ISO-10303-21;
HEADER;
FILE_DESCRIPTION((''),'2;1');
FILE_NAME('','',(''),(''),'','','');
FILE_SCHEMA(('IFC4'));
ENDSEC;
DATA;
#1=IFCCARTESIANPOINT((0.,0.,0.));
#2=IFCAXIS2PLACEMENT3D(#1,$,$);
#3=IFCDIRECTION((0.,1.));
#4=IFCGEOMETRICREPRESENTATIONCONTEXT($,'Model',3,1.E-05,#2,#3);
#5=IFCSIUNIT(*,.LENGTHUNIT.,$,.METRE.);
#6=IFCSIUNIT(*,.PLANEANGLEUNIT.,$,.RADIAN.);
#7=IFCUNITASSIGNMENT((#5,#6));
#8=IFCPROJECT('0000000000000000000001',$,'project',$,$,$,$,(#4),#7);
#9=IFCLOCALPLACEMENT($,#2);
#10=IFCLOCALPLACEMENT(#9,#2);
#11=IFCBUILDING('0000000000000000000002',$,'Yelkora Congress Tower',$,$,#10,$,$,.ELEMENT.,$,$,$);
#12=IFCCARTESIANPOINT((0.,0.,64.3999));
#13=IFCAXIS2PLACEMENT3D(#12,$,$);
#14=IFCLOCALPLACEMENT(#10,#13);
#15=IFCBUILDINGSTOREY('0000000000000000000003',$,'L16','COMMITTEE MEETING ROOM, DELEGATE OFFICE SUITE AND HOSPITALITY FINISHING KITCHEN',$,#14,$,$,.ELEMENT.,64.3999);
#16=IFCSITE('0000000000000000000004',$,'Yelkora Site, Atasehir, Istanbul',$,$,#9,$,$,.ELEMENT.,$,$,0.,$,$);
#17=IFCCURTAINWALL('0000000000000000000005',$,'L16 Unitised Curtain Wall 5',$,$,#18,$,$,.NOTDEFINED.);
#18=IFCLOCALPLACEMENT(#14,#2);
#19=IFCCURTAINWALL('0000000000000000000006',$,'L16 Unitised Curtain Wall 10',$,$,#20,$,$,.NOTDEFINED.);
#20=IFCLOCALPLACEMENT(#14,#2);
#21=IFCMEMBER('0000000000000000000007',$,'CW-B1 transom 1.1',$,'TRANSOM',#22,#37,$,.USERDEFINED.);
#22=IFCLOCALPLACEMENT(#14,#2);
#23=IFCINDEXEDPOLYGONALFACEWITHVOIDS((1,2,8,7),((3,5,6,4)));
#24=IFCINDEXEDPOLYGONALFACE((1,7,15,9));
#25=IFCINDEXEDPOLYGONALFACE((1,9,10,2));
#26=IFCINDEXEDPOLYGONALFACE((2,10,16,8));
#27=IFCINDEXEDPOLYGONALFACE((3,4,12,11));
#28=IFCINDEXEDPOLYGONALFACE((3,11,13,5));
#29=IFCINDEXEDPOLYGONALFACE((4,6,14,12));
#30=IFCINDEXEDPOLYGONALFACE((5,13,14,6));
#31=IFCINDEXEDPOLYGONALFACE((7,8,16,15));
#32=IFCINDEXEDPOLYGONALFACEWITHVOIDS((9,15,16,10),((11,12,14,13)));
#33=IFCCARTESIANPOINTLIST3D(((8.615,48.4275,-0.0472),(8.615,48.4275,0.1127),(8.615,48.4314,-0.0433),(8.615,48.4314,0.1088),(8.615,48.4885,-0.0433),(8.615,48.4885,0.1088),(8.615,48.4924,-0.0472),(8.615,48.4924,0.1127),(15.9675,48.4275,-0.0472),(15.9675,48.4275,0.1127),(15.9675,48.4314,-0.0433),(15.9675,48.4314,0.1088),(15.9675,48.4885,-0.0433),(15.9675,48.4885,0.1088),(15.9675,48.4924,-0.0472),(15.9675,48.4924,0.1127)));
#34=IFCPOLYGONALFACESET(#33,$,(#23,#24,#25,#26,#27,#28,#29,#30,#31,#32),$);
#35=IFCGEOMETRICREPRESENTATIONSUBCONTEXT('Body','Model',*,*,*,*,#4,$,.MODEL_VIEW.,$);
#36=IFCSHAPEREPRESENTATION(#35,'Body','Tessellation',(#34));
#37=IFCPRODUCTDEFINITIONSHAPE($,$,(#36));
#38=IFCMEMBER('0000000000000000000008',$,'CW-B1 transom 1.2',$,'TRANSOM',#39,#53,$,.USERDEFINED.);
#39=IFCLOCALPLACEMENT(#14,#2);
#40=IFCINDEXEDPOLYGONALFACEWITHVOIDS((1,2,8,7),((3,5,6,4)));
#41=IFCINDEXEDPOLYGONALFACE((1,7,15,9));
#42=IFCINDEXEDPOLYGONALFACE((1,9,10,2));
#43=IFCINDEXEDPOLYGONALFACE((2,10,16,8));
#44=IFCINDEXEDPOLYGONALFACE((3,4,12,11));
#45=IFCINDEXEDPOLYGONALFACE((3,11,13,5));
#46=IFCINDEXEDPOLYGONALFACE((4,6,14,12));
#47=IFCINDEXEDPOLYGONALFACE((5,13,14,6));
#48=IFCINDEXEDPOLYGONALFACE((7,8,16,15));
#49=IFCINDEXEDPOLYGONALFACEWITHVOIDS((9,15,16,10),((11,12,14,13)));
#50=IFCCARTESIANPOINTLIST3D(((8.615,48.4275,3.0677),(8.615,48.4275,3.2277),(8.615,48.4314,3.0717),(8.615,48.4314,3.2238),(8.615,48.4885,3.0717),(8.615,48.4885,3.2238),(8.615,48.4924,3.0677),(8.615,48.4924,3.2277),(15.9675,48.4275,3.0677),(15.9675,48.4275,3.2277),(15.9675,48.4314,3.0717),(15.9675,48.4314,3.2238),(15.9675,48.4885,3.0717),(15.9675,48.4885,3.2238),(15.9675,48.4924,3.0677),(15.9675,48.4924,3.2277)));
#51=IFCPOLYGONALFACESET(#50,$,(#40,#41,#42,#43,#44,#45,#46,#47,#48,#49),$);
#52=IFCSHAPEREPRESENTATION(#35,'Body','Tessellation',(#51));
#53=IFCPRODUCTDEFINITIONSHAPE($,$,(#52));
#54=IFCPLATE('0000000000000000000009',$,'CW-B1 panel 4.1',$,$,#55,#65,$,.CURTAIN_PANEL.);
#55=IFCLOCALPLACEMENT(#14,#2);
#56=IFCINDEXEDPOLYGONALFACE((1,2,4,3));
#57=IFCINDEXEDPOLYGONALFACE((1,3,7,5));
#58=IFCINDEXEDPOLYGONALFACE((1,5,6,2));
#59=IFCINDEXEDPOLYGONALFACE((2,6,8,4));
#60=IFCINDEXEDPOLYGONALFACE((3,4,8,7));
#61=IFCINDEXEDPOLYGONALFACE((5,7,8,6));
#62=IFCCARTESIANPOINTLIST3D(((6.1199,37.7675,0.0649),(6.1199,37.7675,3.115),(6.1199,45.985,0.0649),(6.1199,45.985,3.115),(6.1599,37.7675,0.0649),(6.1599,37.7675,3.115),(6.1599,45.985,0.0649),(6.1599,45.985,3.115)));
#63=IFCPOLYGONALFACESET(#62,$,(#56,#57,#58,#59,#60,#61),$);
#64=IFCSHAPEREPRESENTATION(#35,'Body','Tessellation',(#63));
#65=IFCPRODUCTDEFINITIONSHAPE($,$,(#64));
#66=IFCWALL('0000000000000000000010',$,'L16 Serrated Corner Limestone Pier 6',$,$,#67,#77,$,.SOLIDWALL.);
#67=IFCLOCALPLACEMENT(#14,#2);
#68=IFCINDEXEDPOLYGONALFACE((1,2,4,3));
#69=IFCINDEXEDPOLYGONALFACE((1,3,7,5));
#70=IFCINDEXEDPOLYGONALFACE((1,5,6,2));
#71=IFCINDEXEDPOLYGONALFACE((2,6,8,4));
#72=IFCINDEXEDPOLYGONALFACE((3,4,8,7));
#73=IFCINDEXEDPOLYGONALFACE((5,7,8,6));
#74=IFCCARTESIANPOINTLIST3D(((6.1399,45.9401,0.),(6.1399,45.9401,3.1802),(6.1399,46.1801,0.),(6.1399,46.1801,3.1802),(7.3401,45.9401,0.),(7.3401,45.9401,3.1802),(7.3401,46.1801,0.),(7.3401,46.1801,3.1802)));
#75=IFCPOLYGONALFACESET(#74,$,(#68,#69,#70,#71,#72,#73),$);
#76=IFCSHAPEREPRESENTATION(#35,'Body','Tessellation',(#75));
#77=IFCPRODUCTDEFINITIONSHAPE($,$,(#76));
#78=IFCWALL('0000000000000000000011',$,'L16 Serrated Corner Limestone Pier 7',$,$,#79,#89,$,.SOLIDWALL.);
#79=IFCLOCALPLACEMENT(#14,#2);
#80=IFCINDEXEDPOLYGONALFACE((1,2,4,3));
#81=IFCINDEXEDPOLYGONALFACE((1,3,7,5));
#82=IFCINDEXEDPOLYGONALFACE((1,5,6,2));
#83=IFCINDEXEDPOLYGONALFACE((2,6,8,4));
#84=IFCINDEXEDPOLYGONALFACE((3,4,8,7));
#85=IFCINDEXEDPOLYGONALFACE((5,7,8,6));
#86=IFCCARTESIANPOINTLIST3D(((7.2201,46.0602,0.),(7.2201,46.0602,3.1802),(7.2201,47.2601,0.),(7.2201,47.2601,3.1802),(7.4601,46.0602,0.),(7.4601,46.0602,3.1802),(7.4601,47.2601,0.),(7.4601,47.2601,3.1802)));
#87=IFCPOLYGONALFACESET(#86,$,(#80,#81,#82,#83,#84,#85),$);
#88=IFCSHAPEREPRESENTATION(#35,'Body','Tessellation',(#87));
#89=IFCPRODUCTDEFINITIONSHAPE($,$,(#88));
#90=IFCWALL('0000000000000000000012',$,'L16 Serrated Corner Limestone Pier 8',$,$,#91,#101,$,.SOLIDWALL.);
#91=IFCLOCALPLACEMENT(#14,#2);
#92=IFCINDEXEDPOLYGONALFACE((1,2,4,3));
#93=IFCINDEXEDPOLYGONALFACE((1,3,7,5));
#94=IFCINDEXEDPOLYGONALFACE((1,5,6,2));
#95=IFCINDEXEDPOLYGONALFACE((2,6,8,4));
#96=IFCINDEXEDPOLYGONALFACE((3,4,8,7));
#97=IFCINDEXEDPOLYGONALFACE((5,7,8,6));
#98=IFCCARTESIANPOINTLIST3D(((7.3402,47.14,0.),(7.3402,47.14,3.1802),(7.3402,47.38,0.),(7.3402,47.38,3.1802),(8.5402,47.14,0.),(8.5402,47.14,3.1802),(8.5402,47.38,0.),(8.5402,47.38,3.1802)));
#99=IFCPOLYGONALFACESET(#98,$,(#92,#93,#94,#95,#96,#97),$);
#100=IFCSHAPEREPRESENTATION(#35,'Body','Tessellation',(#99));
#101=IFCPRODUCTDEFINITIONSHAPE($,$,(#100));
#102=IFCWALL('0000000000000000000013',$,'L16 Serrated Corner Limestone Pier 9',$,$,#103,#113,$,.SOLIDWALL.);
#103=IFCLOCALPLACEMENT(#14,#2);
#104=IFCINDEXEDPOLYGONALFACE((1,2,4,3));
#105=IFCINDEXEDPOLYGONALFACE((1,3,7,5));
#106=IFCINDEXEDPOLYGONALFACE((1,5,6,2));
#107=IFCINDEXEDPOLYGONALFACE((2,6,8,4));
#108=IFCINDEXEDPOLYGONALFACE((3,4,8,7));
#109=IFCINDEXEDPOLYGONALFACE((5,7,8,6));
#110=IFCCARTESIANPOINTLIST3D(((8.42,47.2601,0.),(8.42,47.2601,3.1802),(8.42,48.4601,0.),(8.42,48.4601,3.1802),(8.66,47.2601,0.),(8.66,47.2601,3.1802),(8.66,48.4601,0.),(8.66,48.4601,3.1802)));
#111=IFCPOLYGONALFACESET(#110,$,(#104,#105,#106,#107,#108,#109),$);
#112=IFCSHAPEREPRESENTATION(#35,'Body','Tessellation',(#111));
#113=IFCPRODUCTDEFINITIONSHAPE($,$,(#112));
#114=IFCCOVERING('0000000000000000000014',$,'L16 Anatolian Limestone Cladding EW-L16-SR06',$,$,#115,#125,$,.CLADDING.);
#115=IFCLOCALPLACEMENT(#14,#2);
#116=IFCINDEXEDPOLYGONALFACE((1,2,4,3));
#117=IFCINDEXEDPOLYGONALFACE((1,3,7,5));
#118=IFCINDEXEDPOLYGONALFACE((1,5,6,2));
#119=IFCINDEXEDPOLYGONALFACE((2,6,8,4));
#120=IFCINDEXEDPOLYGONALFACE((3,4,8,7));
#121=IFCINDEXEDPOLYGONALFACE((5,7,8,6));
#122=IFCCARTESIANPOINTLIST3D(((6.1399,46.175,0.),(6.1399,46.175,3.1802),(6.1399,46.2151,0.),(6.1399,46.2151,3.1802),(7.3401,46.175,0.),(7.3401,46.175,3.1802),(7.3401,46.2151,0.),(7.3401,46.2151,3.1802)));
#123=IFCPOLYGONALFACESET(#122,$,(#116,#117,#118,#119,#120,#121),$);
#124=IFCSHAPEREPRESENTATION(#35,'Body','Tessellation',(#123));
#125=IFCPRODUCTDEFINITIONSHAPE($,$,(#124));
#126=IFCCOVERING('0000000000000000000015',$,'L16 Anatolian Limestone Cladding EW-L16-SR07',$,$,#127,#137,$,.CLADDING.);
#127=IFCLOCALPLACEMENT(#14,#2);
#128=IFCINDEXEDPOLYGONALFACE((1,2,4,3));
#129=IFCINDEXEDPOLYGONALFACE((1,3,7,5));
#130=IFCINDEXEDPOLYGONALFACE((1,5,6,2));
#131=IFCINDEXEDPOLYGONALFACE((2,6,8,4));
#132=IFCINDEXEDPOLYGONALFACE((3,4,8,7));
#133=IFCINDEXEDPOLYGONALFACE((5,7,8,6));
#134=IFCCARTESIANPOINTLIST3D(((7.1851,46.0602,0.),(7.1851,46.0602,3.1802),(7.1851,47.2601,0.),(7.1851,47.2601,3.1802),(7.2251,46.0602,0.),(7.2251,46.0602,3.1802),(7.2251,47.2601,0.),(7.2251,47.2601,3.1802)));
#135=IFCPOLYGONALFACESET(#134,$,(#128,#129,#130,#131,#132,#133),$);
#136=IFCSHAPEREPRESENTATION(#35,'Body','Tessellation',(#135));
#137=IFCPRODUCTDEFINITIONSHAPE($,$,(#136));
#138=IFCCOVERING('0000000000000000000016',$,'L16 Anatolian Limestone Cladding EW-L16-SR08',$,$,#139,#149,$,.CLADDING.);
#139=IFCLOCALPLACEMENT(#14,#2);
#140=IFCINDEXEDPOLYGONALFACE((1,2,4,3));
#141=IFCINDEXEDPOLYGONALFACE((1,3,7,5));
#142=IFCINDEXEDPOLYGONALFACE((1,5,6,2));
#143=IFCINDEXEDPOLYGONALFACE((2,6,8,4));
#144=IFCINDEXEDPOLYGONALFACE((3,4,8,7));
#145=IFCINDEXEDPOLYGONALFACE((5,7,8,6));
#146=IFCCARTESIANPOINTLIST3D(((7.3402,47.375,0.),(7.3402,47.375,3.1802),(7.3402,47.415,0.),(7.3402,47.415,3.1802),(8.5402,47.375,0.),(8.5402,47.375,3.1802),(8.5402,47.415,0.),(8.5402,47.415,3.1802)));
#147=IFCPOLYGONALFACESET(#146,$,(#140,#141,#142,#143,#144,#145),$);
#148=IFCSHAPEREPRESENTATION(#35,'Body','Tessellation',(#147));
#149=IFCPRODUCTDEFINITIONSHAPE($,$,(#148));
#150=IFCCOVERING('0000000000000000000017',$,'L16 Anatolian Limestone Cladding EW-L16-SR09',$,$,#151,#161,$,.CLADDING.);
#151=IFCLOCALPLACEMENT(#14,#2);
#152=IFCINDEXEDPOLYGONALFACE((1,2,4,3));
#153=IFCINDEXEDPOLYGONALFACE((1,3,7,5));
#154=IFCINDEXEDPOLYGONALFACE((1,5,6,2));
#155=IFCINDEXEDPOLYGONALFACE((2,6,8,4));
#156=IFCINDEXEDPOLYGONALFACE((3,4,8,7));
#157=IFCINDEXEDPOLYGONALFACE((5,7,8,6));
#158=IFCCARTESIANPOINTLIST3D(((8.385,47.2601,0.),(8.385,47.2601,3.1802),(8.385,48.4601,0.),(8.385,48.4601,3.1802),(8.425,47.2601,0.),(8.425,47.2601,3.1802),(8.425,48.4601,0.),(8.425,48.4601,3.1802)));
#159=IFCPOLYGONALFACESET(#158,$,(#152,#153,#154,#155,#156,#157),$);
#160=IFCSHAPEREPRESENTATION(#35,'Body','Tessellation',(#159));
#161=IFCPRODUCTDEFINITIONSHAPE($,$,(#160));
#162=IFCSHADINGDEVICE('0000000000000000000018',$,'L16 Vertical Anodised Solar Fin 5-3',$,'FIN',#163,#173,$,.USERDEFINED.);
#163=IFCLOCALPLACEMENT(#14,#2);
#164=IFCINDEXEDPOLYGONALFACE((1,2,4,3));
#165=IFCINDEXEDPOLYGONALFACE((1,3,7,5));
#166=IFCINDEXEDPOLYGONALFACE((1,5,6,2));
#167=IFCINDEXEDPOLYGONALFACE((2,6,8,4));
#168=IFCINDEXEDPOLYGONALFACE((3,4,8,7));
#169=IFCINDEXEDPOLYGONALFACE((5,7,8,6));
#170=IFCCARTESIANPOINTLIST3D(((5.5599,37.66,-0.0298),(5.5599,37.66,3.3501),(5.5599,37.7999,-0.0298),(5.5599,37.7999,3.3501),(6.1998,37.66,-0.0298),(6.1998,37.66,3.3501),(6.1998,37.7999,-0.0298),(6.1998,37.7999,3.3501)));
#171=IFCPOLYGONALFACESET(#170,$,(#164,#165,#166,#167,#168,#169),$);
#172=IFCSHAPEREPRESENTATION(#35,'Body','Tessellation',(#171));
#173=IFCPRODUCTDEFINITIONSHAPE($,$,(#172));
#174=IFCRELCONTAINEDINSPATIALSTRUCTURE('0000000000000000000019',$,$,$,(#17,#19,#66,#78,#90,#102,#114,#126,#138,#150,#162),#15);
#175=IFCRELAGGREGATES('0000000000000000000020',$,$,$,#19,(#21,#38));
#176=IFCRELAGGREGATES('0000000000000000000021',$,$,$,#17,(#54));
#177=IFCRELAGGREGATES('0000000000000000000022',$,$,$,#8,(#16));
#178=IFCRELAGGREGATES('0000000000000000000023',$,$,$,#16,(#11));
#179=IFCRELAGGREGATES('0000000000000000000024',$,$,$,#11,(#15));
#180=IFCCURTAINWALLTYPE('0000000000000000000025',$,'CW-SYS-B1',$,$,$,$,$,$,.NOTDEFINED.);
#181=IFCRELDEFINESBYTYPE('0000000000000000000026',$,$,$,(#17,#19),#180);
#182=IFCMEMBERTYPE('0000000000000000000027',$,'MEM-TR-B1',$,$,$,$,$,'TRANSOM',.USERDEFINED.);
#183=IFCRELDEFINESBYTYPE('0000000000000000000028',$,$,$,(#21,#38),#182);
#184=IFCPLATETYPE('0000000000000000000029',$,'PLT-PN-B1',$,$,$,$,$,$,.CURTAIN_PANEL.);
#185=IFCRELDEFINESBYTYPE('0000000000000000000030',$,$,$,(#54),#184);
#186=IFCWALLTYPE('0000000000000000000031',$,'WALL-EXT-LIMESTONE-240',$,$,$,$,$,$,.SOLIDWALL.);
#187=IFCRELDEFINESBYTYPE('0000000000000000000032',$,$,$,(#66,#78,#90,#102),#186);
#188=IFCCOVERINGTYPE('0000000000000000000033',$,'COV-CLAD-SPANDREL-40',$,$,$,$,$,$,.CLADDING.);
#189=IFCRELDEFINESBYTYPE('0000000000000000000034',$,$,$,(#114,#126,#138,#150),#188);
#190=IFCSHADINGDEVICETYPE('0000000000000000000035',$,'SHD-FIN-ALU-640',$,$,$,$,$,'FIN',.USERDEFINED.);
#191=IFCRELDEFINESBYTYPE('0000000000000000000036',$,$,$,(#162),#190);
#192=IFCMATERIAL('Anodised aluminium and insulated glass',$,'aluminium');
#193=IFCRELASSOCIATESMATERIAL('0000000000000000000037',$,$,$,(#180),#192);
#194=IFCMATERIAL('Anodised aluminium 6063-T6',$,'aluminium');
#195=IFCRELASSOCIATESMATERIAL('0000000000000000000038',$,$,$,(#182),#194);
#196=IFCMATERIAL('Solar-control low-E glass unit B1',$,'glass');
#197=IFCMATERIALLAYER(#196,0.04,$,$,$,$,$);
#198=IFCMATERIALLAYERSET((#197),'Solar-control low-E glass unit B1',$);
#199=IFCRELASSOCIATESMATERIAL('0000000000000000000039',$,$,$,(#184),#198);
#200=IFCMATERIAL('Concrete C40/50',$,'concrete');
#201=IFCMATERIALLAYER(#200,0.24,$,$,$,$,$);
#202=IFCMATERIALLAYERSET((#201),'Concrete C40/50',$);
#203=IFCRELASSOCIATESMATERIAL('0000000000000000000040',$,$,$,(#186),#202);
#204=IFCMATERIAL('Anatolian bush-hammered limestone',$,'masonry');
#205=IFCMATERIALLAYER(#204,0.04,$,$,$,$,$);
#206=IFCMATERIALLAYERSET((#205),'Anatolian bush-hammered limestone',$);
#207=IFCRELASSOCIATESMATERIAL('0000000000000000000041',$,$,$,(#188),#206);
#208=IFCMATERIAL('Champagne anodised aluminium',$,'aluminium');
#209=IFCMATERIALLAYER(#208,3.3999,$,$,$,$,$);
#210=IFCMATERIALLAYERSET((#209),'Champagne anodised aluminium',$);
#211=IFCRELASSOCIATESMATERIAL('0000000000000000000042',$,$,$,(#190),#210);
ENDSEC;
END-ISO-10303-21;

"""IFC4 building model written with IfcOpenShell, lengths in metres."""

from ifc_helpers import new_model, si_unit, direction, frame, frame_2d, origin, origin_2d, place, context, subcontext, project, spatial, rectangle, hollow_rectangle, extrude, material, layer, layer_set, material_profile, profile_set, type_object, element, aggregate, save


model = new_model("IFC4")

# Units and contexts
model_context = context("Model", 3, precision=1e-05, world=origin(), true_north=direction((0.0, 1.0)))
body_context = subcontext(model_context, "Body", "Model", "MODEL_VIEW")
ifc_project = project(units=[si_unit("LENGTHUNIT", "METRE"), si_unit("PLANEANGLEUNIT", "RADIAN")], contexts=[model_context])

# Site, building, storey
site_placement = place(None, origin())
site = spatial("IfcSite", under=ifc_project, at=site_placement, Name="Yelkora Site, Atasehir, Istanbul", CompositionType="ELEMENT", RefElevation=0.0)
building_placement = place(site_placement, origin())
building = spatial("IfcBuilding", under=site, at=building_placement, Name="Yelkora Congress Tower", CompositionType="ELEMENT")
storey_placement = place(building_placement, frame((0.0, 0.0, 64.3999)))
storey = spatial("IfcBuildingStorey", under=building, at=storey_placement, Name="L16", Description="COMMITTEE MEETING ROOM, DELEGATE OFFICE SUITE AND HOSPITALITY FINISHING KITCHEN", CompositionType="ELEMENT", Elevation=64.3999)

# Curtain wall
ifc_material_1 = material(Name="Anodised aluminium and insulated glass", Category="aluminium")
curtain_wall_type = type_object("IfcCurtainWallType", Name="CW-SYS-B1", PredefinedType="NOTDEFINED", material=ifc_material_1)
curtain_wall_1_placement = place(storey_placement, origin())
curtain_wall_1 = element("IfcCurtainWall", 1, at=curtain_wall_1_placement, inside=storey, type_object=curtain_wall_type, Name="L16 Unitised Curtain Wall 5", PredefinedType="NOTDEFINED")
ifc_material_2 = material(Name="Anodised aluminium 6063-T6", Category="aluminium")

# Curtain wall
curtain_wall_2_placement = place(storey_placement, origin())
curtain_wall_2 = element("IfcCurtainWall", 2, at=curtain_wall_2_placement, inside=storey, type_object=curtain_wall_type, Name="L16 Unitised Curtain Wall 10", PredefinedType="NOTDEFINED")

# Members
ifc_material_profile_1 = material_profile(ifc_material_2, hollow_rectangle(XDim=0.0649, YDim=0.1599, WallThickness=0.0039, at=origin_2d()), Name="ALU 65x160x4")
ifc_profile_set_1 = profile_set([ifc_material_profile_1], Name="Anodised aluminium 6063-T6")
member_type_1 = type_object("IfcMemberType", Name="MEM-TR-B1", ElementType="TRANSOM", PredefinedType="USERDEFINED", material=ifc_profile_set_1)
member_1_placement = place(storey_placement, frame((8.615, 48.46, 0.0327), z_axis=(1.0, 0.0, 0.0), x_axis=(0.0, 1.0, 0.0)))
member_1 = element("IfcMember", 3, at=member_1_placement, type_object=member_type_1, Name="CW-B1 transom 1.1", ObjectType="TRANSOM", PredefinedType="USERDEFINED", context=body_context, shape_type="SweptSolid", body=[
    extrude(hollow_rectangle(XDim=0.0649, YDim=0.1599, WallThickness=0.0039, at=origin_2d()), origin(), (0.0, 0.0, 1.0), 7.3525),
])
member_2_placement = place(storey_placement, frame((8.615, 48.46, 3.1477), z_axis=(1.0, 0.0, 0.0), x_axis=(0.0, 1.0, 0.0)))
member_2 = element("IfcMember", 4, at=member_2_placement, type_object=member_type_1, Name="CW-B1 transom 1.2", ObjectType="TRANSOM", PredefinedType="USERDEFINED", context=body_context, shape_type="SweptSolid", body=[
    extrude(hollow_rectangle(XDim=0.0649, YDim=0.1599, WallThickness=0.0039, at=origin_2d()), origin(), (0.0, 0.0, 1.0), 7.3525),
])
aggregate(curtain_wall_2, [member_1, member_2])

# Plate
ifc_material_3 = material(Name="Solar-control low-E glass unit B1", Category="glass")
ifc_layer_1 = layer(ifc_material_3, 0.04)
ifc_layer_set_1 = layer_set([ifc_layer_1], Name="Solar-control low-E glass unit B1")
plate_type = type_object("IfcPlateType", Name="PLT-PN-B1", PredefinedType="CURTAIN_PANEL", material=ifc_layer_set_1)
plate_placement = place(storey_placement, frame((6.1399, 41.8762, 0.0649), z_axis=(0.0, 0.0, 1.0), x_axis=(0.0, 1.0, 0.0)))
plate = element("IfcPlate", 5, at=plate_placement, type_object=plate_type, Name="CW-B1 panel 4.1", PredefinedType="CURTAIN_PANEL", context=body_context, shape_type="SweptSolid", body=[
    extrude(rectangle(XDim=8.2175, YDim=0.04, at=origin_2d()), origin(), (0.0, 0.0, 1.0), 3.05),
])
aggregate(curtain_wall_1, [plate])

# Walls
ifc_material_4 = material(Name="Concrete C40/50", Category="concrete")
ifc_layer_2 = layer(ifc_material_4, 0.24)
ifc_layer_set_2 = layer_set([ifc_layer_2], Name="Concrete C40/50")
wall_type = type_object("IfcWallType", Name="WALL-EXT-LIMESTONE-240", PredefinedType="SOLIDWALL", material=ifc_layer_set_2)
wall_placement = place(storey_placement, frame((6.1399, 46.0601, 0.0), z_axis=(0.0, 0.0, 1.0), x_axis=(1.0, 0.0, 0.0)))
element("IfcWall", 6, at=wall_placement, inside=storey, type_object=wall_type, Name="L16 Serrated Corner Limestone Pier 6", PredefinedType="SOLIDWALL", context=body_context, shape_type="SweptSolid", body=[
    extrude(rectangle(XDim=1.2002, YDim=0.24, at=frame_2d((0.6001, 0.0))), origin(), (0.0, 0.0, 1.0), 3.1802),
])
for number, where, z_axis, x_axis, name in (
    (7, (7.3401, 46.0601, 0.0), (0.0, 0.0, 1.0), (0.0, 1.0, 0.0), "L16 Serrated Corner Limestone Pier 7"),
    (8, (7.3401, 47.26, 0.0), (0.0, 0.0, 1.0), (1.0, 0.0, 0.0), "L16 Serrated Corner Limestone Pier 8"),
    (9, (8.54, 47.26, 0.0), (0.0, 0.0, 1.0), (0.0, 1.0, 0.0), "L16 Serrated Corner Limestone Pier 9"),
):
    element("IfcWall", number, at=place(storey_placement, frame(where, z_axis=z_axis, x_axis=x_axis)), inside=storey, type_object=wall_type, Name=name, PredefinedType="SOLIDWALL", context=body_context, shape_type="SweptSolid", body=[
        extrude(rectangle(XDim=1.2, YDim=0.24, at=frame_2d((0.6001, 0.0))), origin(), (0.0, 0.0, 1.0), 3.1802),
    ])

# Coverings
ifc_material_5 = material(Name="Anatolian bush-hammered limestone", Category="masonry")
ifc_layer_3 = layer(ifc_material_5, 0.04)
ifc_layer_set_3 = layer_set([ifc_layer_3], Name="Anatolian bush-hammered limestone")
covering_type = type_object("IfcCoveringType", Name="COV-CLAD-SPANDREL-40", PredefinedType="CLADDING", material=ifc_layer_set_3)
covering_placement = place(storey_placement, frame((6.1399, 46.1951, 0.0), z_axis=(0.0, 0.0, 1.0), x_axis=(1.0, 0.0, 0.0)))
element("IfcCovering", 10, at=covering_placement, inside=storey, type_object=covering_type, Name="L16 Anatolian Limestone Cladding EW-L16-SR06", PredefinedType="CLADDING", context=body_context, shape_type="SweptSolid", body=[
    extrude(rectangle(XDim=1.2002, YDim=0.04, at=frame_2d((0.6001, 0.0))), origin(), (0.0, 0.0, 1.0), 3.1802),
])
for number, where, z_axis, x_axis, name in (
    (11, (7.2051, 46.0601, 0.0), (0.0, 0.0, 1.0), (0.0, 1.0, 0.0), "L16 Anatolian Limestone Cladding EW-L16-SR07"),
    (12, (7.3401, 47.395, 0.0), (0.0, 0.0, 1.0), (1.0, 0.0, 0.0), "L16 Anatolian Limestone Cladding EW-L16-SR08"),
    (13, (8.405, 47.26, 0.0), (0.0, 0.0, 1.0), (0.0, 1.0, 0.0), "L16 Anatolian Limestone Cladding EW-L16-SR09"),
):
    element("IfcCovering", number, at=place(storey_placement, frame(where, z_axis=z_axis, x_axis=x_axis)), inside=storey, type_object=covering_type, Name=name, PredefinedType="CLADDING", context=body_context, shape_type="SweptSolid", body=[
        extrude(rectangle(XDim=1.2, YDim=0.04, at=frame_2d((0.6001, 0.0))), origin(), (0.0, 0.0, 1.0), 3.1802),
    ])

# Shading device
ifc_material_6 = material(Name="Champagne anodised aluminium", Category="aluminium")
ifc_layer_4 = layer(ifc_material_6, 3.3999)
ifc_layer_set_4 = layer_set([ifc_layer_4], Name="Champagne anodised aluminium")
shading_device_type = type_object("IfcShadingDeviceType", Name="SHD-FIN-ALU-640", ElementType="FIN", PredefinedType="USERDEFINED", material=ifc_layer_set_4)
shading_device_placement = place(storey_placement, frame((5.8799, 37.73, -0.0298), z_axis=(0.0, 0.0, 1.0), x_axis=(0.0, 1.0, 0.0)))
element("IfcShadingDevice", 14, at=shading_device_placement, inside=storey, type_object=shading_device_type, Name="L16 Vertical Anodised Solar Fin 5-3", ObjectType="FIN", PredefinedType="USERDEFINED", context=body_context, shape_type="SweptSolid", body=[
    extrude(rectangle(XDim=0.1399, YDim=0.6399, at=origin_2d()), origin(), (0.0, 0.0, 1.0), 3.3799),
])

save(model, "model.ifc")
